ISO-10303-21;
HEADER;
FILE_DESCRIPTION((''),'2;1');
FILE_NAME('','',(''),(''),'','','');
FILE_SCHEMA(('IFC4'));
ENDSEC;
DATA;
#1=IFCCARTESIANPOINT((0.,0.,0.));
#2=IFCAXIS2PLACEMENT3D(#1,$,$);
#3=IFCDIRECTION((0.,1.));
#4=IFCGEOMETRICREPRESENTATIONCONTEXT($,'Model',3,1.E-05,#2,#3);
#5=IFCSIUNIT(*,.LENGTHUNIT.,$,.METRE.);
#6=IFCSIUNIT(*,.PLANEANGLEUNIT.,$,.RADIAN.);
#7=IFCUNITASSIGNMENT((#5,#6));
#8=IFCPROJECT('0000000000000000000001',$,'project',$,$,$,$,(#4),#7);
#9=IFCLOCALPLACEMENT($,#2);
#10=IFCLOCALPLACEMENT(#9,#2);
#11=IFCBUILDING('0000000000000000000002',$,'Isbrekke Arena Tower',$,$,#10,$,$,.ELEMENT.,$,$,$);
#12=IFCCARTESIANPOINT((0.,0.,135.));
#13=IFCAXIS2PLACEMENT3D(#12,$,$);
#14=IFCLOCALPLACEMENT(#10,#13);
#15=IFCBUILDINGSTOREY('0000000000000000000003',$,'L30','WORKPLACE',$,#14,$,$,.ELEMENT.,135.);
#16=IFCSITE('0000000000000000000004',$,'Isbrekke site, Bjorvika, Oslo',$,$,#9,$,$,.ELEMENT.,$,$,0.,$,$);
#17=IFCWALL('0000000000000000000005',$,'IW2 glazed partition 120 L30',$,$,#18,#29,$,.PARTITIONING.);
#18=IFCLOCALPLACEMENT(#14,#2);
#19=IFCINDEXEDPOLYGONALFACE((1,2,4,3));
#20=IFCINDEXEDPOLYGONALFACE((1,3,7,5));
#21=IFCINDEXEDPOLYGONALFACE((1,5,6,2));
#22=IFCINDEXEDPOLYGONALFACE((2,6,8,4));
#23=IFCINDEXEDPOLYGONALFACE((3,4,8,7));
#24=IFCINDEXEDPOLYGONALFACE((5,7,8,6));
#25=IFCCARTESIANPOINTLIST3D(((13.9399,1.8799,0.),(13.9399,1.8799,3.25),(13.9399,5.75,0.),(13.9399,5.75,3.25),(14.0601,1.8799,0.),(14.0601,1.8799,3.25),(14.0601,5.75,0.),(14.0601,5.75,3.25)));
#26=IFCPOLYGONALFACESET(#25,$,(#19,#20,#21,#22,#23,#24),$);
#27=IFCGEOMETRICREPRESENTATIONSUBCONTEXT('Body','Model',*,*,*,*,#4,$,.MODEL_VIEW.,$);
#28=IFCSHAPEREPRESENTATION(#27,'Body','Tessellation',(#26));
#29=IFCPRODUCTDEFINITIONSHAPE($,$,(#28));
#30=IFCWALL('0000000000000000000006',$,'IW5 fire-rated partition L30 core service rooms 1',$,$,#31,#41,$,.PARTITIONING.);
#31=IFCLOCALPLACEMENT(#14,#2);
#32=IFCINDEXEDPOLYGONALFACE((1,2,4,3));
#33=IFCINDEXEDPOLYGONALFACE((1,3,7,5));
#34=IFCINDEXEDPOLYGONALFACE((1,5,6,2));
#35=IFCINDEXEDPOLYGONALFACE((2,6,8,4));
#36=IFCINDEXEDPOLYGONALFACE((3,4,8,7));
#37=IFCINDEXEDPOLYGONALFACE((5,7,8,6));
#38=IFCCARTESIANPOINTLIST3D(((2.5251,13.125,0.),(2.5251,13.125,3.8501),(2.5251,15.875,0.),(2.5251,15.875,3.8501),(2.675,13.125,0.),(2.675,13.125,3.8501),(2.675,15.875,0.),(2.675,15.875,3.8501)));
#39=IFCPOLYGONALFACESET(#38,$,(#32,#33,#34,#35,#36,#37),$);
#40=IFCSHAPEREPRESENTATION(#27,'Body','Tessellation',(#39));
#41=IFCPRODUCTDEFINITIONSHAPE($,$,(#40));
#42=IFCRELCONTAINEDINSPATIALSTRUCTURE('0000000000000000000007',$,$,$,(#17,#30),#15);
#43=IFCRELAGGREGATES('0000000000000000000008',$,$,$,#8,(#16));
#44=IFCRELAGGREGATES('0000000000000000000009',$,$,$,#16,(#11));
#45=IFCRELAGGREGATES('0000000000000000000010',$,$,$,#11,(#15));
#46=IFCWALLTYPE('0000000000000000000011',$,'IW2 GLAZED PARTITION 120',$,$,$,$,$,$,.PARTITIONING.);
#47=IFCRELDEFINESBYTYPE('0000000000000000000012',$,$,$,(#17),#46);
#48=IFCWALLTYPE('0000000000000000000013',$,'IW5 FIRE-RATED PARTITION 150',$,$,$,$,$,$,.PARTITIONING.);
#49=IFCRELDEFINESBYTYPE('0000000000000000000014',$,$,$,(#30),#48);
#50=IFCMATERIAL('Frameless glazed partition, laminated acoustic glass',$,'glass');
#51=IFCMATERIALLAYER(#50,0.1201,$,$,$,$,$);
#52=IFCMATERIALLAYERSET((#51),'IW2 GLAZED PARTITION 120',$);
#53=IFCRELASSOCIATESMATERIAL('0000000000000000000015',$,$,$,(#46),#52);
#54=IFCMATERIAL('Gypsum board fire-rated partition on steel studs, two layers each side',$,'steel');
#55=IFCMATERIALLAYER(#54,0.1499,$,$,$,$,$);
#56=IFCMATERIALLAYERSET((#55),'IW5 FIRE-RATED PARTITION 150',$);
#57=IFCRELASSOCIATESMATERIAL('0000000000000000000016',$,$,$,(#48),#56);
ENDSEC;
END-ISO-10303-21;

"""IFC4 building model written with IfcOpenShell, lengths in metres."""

from ifc_helpers import new_model, si_unit, direction, frame, frame_2d, origin, place, context, subcontext, project, spatial, rectangle, extrude, material, layer, layer_set, type_object, element, save


model = new_model("IFC4")

# Units and contexts
model_context = context("Model", 3, precision=1e-05, world=origin(), true_north=direction((0.0, 1.0)))
body_context = subcontext(model_context, "Body", "Model", "MODEL_VIEW")
ifc_project = project(units=[si_unit("LENGTHUNIT", "METRE"), si_unit("PLANEANGLEUNIT", "RADIAN")], contexts=[model_context])

# Site, building, storey
site_placement = place(None, origin())
site = spatial("IfcSite", under=ifc_project, at=site_placement, Name="Isbrekke site, Bjorvika, Oslo", CompositionType="ELEMENT", RefElevation=0.0)
building_placement = place(site_placement, origin())
building = spatial("IfcBuilding", under=site, at=building_placement, Name="Isbrekke Arena Tower", CompositionType="ELEMENT")
storey_placement = place(building_placement, frame((0.0, 0.0, 135.0)))
storey = spatial("IfcBuildingStorey", under=building, at=storey_placement, Name="L30", Description="WORKPLACE", CompositionType="ELEMENT", Elevation=135.0)

# Walls
ifc_material_1 = material(Name="Frameless glazed partition, laminated acoustic glass", Category="glass")
ifc_layer_1 = layer(ifc_material_1, 0.1201)
ifc_layer_set_1 = layer_set([ifc_layer_1], Name="IW2 GLAZED PARTITION 120")
wall_type_1 = type_object("IfcWallType", Name="IW2 GLAZED PARTITION 120", PredefinedType="PARTITIONING", material=ifc_layer_set_1)
wall_1_placement = place(storey_placement, frame((14.0, 1.8799, 0.0), z_axis=(0.0, 0.0, 1.0), x_axis=(0.0, 1.0, 0.0)))
element("IfcWall", 1, at=wall_1_placement, inside=storey, type_object=wall_type_1, Name="IW2 glazed partition 120 L30", PredefinedType="PARTITIONING", context=body_context, shape_type="SweptSolid", body=[
    extrude(rectangle(XDim=3.8701, YDim=0.1201, at=frame_2d((1.9351, 0.0))), origin(), (0.0, 0.0, 1.0), 3.25),
])
ifc_material_2 = material(Name="Gypsum board fire-rated partition on steel studs, two layers each side", Category="steel")
ifc_layer_2 = layer(ifc_material_2, 0.1499)
ifc_layer_set_2 = layer_set([ifc_layer_2], Name="IW5 FIRE-RATED PARTITION 150")
wall_type_2 = type_object("IfcWallType", Name="IW5 FIRE-RATED PARTITION 150", PredefinedType="PARTITIONING", material=ifc_layer_set_2)
wall_2_placement = place(storey_placement, frame((2.6001, 13.125, 0.0), z_axis=(0.0, 0.0, 1.0), x_axis=(0.0, 1.0, 0.0)))
element("IfcWall", 2, at=wall_2_placement, inside=storey, type_object=wall_type_2, Name="IW5 fire-rated partition L30 core service rooms 1", PredefinedType="PARTITIONING", context=body_context, shape_type="SweptSolid", body=[
    extrude(rectangle(XDim=2.75, YDim=0.1499, at=frame_2d((1.375, 0.0))), origin(), (0.0, 0.0, 1.0), 3.8501),
])

save(model, "model.ifc")
